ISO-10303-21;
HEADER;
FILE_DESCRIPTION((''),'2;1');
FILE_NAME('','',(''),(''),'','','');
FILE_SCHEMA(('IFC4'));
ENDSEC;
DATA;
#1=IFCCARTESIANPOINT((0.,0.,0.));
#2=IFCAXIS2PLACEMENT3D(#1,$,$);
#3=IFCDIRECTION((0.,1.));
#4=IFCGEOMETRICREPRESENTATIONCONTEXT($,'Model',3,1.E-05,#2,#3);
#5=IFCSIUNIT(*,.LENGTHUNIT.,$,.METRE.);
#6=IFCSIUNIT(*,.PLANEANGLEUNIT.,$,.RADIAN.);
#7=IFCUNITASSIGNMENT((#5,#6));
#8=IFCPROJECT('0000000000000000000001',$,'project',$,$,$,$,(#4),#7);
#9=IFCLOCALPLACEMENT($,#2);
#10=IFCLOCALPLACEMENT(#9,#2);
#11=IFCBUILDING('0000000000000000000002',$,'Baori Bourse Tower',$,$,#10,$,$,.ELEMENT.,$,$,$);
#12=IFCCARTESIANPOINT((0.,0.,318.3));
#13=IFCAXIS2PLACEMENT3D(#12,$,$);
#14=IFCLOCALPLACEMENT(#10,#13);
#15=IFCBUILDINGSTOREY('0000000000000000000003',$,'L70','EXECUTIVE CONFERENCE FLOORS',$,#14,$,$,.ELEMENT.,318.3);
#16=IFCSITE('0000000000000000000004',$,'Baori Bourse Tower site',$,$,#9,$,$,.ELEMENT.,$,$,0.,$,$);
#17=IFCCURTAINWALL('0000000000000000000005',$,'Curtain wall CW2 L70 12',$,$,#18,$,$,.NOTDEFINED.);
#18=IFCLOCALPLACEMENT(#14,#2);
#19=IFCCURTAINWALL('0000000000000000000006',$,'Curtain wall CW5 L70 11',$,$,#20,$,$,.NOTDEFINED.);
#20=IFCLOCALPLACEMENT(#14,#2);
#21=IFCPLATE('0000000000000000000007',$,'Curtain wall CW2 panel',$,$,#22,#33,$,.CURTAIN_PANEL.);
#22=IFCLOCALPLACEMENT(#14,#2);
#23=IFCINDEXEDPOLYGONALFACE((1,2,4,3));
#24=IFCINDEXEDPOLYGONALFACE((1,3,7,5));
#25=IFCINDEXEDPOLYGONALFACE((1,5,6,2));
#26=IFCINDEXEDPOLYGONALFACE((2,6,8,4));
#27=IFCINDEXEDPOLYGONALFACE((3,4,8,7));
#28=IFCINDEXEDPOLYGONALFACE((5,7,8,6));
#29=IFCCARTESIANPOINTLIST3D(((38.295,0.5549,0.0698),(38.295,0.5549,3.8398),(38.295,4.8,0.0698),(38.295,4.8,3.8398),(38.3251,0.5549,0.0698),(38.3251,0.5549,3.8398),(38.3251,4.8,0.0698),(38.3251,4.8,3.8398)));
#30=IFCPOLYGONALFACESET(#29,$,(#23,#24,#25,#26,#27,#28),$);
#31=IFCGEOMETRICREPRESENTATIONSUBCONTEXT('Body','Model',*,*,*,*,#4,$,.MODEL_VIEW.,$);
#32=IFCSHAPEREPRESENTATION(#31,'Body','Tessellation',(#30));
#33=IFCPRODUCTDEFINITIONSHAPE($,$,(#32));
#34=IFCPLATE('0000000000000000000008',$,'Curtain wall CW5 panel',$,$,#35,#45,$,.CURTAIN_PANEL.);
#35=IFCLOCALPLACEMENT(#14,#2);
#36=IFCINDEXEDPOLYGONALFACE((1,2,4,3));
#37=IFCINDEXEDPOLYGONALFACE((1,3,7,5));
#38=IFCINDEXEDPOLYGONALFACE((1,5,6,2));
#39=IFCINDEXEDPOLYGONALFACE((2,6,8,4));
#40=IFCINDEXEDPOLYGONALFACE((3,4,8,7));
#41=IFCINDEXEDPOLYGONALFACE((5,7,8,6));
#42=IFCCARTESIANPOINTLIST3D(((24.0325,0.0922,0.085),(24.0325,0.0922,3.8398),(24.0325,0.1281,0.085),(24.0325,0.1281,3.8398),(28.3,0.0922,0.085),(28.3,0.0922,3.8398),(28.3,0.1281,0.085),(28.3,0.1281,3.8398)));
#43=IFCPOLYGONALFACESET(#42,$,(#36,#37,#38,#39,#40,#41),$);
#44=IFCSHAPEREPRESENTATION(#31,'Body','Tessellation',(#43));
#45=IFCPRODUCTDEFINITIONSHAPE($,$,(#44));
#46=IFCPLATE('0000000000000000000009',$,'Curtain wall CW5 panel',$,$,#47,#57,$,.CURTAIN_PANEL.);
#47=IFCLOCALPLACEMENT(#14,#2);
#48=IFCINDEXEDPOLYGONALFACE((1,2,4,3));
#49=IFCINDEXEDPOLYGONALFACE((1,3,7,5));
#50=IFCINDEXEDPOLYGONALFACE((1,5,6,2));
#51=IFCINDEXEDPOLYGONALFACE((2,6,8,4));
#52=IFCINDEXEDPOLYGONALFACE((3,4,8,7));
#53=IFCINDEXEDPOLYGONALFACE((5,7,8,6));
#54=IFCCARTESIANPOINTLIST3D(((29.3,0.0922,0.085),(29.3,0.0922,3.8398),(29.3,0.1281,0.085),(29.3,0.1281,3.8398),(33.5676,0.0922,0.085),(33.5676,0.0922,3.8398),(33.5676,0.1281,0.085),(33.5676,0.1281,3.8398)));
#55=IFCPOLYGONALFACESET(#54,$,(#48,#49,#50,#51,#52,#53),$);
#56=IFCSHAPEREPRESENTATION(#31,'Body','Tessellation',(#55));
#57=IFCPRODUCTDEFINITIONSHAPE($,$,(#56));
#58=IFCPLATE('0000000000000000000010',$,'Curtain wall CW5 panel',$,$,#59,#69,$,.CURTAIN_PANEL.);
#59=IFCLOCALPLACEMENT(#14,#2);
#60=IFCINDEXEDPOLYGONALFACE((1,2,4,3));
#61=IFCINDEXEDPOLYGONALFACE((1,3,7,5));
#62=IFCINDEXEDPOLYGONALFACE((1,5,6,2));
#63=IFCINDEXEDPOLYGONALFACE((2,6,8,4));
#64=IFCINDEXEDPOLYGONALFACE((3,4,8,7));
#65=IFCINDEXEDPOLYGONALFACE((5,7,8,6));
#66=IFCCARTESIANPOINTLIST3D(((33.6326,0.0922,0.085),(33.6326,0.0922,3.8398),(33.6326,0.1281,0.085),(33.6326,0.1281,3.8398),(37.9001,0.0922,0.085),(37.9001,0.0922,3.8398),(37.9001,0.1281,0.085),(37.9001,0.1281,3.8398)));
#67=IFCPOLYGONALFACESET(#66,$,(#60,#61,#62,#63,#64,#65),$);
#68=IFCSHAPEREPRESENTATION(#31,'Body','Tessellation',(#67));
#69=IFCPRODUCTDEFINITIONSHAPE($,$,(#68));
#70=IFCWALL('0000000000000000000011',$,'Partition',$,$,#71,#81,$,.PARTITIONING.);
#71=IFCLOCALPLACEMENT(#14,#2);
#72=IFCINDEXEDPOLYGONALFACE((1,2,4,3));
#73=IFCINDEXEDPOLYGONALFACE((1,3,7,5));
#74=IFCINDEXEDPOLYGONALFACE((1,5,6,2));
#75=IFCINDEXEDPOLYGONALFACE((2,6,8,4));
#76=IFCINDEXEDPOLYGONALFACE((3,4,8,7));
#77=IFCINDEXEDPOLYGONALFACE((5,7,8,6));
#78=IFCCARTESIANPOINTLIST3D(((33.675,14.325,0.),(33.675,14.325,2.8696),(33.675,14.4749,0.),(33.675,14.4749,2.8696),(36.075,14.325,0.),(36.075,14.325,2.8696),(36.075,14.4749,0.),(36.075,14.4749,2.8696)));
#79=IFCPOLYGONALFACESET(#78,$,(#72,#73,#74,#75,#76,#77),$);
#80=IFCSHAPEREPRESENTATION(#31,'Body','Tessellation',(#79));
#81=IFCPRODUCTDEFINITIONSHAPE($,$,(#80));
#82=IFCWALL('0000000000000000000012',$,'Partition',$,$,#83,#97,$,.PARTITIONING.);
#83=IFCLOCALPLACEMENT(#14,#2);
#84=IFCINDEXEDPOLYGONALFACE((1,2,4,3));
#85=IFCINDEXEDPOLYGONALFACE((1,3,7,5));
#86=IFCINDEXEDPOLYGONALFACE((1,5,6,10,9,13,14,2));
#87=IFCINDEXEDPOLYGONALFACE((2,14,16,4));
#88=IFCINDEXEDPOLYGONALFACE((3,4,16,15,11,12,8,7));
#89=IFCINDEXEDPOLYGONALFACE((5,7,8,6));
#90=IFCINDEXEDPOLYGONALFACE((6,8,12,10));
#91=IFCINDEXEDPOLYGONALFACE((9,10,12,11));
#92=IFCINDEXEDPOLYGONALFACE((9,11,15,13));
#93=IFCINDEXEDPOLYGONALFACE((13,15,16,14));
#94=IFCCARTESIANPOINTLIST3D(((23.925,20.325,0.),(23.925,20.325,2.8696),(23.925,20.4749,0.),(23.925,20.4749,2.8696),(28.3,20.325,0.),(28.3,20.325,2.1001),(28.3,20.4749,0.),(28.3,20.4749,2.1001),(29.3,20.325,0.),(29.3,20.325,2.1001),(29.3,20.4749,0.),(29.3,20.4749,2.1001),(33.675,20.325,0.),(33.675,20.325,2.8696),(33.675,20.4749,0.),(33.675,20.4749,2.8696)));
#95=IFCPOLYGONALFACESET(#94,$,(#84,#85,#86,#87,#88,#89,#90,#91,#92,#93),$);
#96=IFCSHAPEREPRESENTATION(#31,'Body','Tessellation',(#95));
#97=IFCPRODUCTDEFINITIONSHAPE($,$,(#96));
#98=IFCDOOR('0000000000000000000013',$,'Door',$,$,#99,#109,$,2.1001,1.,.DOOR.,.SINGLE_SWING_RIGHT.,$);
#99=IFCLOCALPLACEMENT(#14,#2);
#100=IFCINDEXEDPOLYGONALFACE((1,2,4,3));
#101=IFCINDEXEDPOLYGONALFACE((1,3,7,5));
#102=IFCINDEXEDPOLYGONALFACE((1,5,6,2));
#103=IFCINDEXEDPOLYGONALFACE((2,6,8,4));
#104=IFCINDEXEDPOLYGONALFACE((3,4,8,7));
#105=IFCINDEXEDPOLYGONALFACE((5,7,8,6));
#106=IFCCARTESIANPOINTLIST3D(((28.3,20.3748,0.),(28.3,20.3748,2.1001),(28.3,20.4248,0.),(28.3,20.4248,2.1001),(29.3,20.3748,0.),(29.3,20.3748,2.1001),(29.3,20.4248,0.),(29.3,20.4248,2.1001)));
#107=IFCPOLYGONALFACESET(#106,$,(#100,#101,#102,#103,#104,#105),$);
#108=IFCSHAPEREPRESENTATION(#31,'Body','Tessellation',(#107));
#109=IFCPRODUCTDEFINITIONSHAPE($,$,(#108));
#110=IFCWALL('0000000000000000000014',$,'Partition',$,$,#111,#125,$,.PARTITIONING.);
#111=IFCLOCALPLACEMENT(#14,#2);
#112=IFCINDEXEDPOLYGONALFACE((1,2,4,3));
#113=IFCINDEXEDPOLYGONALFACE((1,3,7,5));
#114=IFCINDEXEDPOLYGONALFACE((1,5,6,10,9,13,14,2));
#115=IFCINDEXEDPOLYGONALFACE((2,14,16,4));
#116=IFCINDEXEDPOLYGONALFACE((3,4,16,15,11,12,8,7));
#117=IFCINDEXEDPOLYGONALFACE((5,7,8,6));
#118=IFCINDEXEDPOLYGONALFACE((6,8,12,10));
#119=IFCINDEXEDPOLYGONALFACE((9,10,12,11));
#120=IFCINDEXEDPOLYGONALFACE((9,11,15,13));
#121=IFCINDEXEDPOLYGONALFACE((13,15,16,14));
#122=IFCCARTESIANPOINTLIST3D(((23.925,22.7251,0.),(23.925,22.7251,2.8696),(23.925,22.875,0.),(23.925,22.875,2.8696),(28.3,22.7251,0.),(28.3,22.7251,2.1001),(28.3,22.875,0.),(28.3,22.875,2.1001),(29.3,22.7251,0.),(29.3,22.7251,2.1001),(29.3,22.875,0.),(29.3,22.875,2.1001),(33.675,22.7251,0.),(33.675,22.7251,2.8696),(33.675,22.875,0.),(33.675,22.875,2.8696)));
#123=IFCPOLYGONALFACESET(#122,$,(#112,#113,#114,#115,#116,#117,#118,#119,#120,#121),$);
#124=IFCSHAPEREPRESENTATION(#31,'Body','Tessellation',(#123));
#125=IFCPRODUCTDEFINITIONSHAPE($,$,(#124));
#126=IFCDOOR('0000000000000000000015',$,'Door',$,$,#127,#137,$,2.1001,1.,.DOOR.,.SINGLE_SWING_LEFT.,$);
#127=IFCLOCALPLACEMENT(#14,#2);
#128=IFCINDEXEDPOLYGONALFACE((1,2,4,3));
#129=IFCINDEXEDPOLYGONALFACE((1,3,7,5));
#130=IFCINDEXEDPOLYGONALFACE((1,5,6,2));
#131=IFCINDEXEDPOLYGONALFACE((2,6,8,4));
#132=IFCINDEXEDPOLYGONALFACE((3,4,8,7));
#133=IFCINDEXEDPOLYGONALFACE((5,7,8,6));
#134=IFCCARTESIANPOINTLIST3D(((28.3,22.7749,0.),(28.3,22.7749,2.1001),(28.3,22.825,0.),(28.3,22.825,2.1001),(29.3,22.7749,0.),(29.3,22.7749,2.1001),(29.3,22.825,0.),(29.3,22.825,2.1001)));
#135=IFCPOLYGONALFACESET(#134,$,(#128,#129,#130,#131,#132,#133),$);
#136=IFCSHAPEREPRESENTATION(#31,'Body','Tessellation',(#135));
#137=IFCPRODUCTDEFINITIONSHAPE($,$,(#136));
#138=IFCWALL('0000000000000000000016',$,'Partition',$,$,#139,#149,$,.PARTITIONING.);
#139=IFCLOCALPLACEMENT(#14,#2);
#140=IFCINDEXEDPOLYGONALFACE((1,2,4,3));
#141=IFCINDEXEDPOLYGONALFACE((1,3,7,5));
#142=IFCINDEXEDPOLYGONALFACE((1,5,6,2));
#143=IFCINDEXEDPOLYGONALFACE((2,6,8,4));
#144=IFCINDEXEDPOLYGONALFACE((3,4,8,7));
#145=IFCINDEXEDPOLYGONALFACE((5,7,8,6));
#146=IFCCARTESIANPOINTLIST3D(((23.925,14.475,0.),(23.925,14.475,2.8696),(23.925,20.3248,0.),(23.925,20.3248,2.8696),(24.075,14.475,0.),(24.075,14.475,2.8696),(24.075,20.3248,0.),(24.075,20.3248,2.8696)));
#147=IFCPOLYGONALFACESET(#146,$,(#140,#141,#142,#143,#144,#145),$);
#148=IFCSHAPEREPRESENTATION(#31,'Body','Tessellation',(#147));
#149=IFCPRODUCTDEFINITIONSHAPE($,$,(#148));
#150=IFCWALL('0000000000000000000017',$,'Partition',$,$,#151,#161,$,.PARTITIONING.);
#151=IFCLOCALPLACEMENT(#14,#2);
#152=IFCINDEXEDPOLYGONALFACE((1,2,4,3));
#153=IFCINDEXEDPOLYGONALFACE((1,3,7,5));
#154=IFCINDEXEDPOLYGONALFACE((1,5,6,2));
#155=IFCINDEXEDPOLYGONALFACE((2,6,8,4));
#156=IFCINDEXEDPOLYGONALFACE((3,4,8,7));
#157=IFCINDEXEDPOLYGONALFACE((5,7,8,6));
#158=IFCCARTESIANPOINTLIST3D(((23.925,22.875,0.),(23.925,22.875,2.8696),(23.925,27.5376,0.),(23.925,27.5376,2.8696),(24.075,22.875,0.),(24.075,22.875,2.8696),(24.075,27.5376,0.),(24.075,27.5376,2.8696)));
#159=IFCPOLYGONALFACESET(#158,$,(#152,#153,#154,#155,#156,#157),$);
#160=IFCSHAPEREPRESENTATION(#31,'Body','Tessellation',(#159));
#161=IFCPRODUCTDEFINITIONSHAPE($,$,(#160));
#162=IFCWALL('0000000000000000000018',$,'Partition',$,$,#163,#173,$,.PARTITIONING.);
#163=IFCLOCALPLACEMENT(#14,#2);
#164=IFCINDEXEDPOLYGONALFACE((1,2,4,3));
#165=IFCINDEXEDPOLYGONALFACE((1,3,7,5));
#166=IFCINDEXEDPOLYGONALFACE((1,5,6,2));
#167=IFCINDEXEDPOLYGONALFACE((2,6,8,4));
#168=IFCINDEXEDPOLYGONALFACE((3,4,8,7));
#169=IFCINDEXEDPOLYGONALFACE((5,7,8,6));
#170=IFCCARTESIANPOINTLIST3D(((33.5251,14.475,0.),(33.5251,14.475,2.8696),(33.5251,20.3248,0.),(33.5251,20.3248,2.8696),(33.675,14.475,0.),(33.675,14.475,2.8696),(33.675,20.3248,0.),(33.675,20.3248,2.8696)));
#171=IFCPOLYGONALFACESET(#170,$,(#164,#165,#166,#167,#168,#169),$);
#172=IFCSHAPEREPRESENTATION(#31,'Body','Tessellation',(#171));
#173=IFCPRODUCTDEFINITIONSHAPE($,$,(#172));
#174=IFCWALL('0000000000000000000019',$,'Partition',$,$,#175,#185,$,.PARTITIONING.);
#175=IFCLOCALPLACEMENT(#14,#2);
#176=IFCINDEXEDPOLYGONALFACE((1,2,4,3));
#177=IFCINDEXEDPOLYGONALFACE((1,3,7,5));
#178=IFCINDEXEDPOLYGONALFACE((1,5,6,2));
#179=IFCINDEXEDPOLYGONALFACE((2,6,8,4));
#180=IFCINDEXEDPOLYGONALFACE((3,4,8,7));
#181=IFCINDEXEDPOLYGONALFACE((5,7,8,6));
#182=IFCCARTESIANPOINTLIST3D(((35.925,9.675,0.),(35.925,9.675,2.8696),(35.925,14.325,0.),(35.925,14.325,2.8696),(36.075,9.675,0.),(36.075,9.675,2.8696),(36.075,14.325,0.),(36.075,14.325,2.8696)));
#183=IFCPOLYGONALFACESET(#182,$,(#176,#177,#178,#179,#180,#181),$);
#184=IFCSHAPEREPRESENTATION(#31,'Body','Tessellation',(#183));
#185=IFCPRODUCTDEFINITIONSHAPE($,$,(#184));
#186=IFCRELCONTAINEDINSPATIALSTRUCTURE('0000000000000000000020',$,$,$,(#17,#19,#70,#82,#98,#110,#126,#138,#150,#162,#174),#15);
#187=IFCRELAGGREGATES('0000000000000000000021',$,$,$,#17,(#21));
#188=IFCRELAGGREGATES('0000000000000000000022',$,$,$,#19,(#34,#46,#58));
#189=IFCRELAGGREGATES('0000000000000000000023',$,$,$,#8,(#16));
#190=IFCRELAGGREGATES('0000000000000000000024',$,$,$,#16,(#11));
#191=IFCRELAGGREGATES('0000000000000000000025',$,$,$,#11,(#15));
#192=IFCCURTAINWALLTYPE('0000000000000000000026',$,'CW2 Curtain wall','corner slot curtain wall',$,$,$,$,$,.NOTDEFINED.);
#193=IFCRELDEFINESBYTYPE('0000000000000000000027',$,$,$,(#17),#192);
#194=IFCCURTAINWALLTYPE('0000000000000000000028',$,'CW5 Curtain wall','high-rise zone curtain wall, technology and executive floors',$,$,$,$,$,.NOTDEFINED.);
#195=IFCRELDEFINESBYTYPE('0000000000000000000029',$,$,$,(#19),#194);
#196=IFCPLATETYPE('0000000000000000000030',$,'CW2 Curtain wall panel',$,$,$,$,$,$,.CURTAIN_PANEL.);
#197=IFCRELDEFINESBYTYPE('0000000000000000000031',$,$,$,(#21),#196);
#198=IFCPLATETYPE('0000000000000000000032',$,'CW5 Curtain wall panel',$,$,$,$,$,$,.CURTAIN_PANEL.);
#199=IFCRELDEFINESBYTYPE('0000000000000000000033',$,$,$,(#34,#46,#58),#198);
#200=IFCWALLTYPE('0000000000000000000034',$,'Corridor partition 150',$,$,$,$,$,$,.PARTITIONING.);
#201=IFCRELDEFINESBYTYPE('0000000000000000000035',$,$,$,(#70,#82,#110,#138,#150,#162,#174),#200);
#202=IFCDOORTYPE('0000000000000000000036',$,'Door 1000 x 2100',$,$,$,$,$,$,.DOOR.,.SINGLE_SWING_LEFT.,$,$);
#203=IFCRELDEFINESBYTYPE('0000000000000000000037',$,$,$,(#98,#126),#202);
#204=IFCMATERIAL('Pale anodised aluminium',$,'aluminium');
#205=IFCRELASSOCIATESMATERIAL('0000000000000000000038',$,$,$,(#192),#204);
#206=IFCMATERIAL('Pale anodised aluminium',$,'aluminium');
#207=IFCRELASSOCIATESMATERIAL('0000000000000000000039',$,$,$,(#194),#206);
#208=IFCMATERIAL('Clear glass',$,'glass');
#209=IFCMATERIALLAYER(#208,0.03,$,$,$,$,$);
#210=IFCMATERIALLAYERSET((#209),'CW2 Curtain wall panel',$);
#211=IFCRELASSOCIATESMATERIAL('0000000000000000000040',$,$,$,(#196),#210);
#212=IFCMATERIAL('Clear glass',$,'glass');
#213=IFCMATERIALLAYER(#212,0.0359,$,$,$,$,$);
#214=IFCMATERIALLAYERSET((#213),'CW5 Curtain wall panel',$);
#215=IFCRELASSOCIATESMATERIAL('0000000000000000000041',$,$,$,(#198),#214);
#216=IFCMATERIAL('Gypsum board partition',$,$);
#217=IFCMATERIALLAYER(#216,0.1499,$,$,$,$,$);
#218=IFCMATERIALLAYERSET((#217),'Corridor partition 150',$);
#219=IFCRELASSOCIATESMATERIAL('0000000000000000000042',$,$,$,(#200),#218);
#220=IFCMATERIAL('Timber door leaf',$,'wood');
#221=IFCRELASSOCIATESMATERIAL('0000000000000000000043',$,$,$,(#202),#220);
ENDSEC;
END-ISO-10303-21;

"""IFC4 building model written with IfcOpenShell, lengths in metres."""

from ifc_helpers import new_model, si_unit, direction, frame, frame_2d, origin, origin_2d, place, context, subcontext, project, spatial, rectangle, extrude, material, layer, layer_set, type_object, element, fill, aggregate, save


model = new_model("IFC4")

# Units and contexts
model_context = context("Model", 3, precision=1e-05, world=origin(), true_north=direction((0.0, 1.0)))
body_context = subcontext(model_context, "Body", "Model", "MODEL_VIEW")
ifc_project = project(units=[si_unit("LENGTHUNIT", "METRE"), si_unit("PLANEANGLEUNIT", "RADIAN")], contexts=[model_context])

# Site, building, storey
site_placement = place(None, origin())
site = spatial("IfcSite", under=ifc_project, at=site_placement, Name="Baori Bourse Tower site", CompositionType="ELEMENT", RefElevation=0.0)
building_placement = place(site_placement, origin())
building = spatial("IfcBuilding", under=site, at=building_placement, Name="Baori Bourse Tower", CompositionType="ELEMENT")
storey_placement = place(building_placement, frame((0.0, 0.0, 318.3)))
storey = spatial("IfcBuildingStorey", under=building, at=storey_placement, Name="L70", Description="EXECUTIVE CONFERENCE FLOORS", CompositionType="ELEMENT", Elevation=318.3)

# Curtain wall
ifc_material_1 = material(Name="Pale anodised aluminium", Category="aluminium")
curtain_wall_type_1 = type_object("IfcCurtainWallType", Name="CW2 Curtain wall", Description="corner slot curtain wall", PredefinedType="NOTDEFINED", material=ifc_material_1)
curtain_wall_1_placement = place(storey_placement, origin())
curtain_wall_1 = element("IfcCurtainWall", 1, at=curtain_wall_1_placement, inside=storey, type_object=curtain_wall_type_1, Name="Curtain wall CW2 L70 12", PredefinedType="NOTDEFINED")

# Curtain wall
ifc_material_2 = material(Name="Pale anodised aluminium", Category="aluminium")
curtain_wall_type_2 = type_object("IfcCurtainWallType", Name="CW5 Curtain wall", Description="high-rise zone curtain wall, technology and executive floors", PredefinedType="NOTDEFINED", material=ifc_material_2)
curtain_wall_2_placement = place(storey_placement, origin())
curtain_wall_2 = element("IfcCurtainWall", 2, at=curtain_wall_2_placement, inside=storey, type_object=curtain_wall_type_2, Name="Curtain wall CW5 L70 11", PredefinedType="NOTDEFINED")

# Plates
ifc_material_3 = material(Name="Clear glass", Category="glass")
ifc_layer_1 = layer(ifc_material_3, 0.03)
ifc_layer_set_1 = layer_set([ifc_layer_1], Name="CW2 Curtain wall panel")
plate_type_1 = type_object("IfcPlateType", Name="CW2 Curtain wall panel", PredefinedType="CURTAIN_PANEL", material=ifc_layer_set_1)
plate_1_placement = place(storey_placement, frame((38.3101, 2.6775, 0.0698), z_axis=(0.0, 0.0, 1.0), x_axis=(0.0, 1.0, 0.0)))
plate_1 = element("IfcPlate", 3, at=plate_1_placement, type_object=plate_type_1, Name="Curtain wall CW2 panel", PredefinedType="CURTAIN_PANEL", context=body_context, shape_type="SweptSolid", body=[
    extrude(rectangle(XDim=4.2451, YDim=0.03, at=origin_2d()), origin(), (0.0, 0.0, 1.0), 3.77),
])
aggregate(curtain_wall_1, [plate_1])
ifc_material_4 = material(Name="Clear glass", Category="glass")
ifc_layer_2 = layer(ifc_material_4, 0.0359)
ifc_layer_set_2 = layer_set([ifc_layer_2], Name="CW5 Curtain wall panel")
plate_type_2 = type_object("IfcPlateType", Name="CW5 Curtain wall panel", PredefinedType="CURTAIN_PANEL", material=ifc_layer_set_2)
plate_2_placement = place(storey_placement, frame((26.1663, 0.1101, 0.085), z_axis=(0.0, 0.0, 1.0), x_axis=(1.0, 0.0, 0.0)))
plate_2 = element("IfcPlate", 4, at=plate_2_placement, type_object=plate_type_2, Name="Curtain wall CW5 panel", PredefinedType="CURTAIN_PANEL", context=body_context, shape_type="SweptSolid", body=[
    extrude(rectangle(XDim=4.2676, YDim=0.0359, at=origin_2d()), origin(), (0.0, 0.0, 1.0), 3.7549),
])
plate_3_placement = place(storey_placement, frame((31.4338, 0.1101, 0.085), z_axis=(0.0, 0.0, 1.0), x_axis=(1.0, 0.0, 0.0)))
plate_3 = element("IfcPlate", 5, at=plate_3_placement, type_object=plate_type_2, Name="Curtain wall CW5 panel", PredefinedType="CURTAIN_PANEL", context=body_context, shape_type="SweptSolid", body=[
    extrude(rectangle(XDim=4.2676, YDim=0.0359, at=origin_2d()), origin(), (0.0, 0.0, 1.0), 3.7549),
])
plate_4_placement = place(storey_placement, frame((35.7664, 0.1101, 0.085), z_axis=(0.0, 0.0, 1.0), x_axis=(1.0, 0.0, 0.0)))
plate_4 = element("IfcPlate", 6, at=plate_4_placement, type_object=plate_type_2, Name="Curtain wall CW5 panel", PredefinedType="CURTAIN_PANEL", context=body_context, shape_type="SweptSolid", body=[
    extrude(rectangle(XDim=4.2676, YDim=0.0359, at=origin_2d()), origin(), (0.0, 0.0, 1.0), 3.7549),
])
aggregate(curtain_wall_2, [plate_2, plate_3, plate_4])

# Wall
ifc_material_5 = material(Name="Gypsum board partition")
ifc_layer_3 = layer(ifc_material_5, 0.1499)
ifc_layer_set_3 = layer_set([ifc_layer_3], Name="Corridor partition 150")
wall_type_1 = type_object("IfcWallType", Name="Corridor partition 150", PredefinedType="PARTITIONING", material=ifc_layer_set_3)
wall_1_placement = place(storey_placement, frame((33.675, 14.3999, 0.0), z_axis=(0.0, 0.0, 1.0), x_axis=(1.0, 0.0, 0.0)))
element("IfcWall", 7, at=wall_1_placement, inside=storey, type_object=wall_type_1, Name="Partition", PredefinedType="PARTITIONING", context=body_context, shape_type="SweptSolid", body=[
    extrude(rectangle(XDim=2.3999, YDim=0.1499, at=frame_2d((1.2, 0.0))), origin(), (0.0, 0.0, 1.0), 2.8696),
])

# Walls, openings, doors
wall_2_placement = place(storey_placement, frame((23.925, 20.3999, 0.0), z_axis=(0.0, 0.0, 1.0), x_axis=(1.0, 0.0, 0.0)))
wall_2 = element("IfcWall", 8, at=wall_2_placement, inside=storey, type_object=wall_type_1, Name="Partition", PredefinedType="PARTITIONING", context=body_context, shape_type="SweptSolid", body=[
    extrude(rectangle(XDim=9.75, YDim=0.1499, at=frame_2d((4.875, 0.0))), origin(), (0.0, 0.0, 1.0), 2.8696),
])
opening_1_placement = place(wall_2_placement, frame((4.375, 0.0, 0.0)))
opening_1 = element("IfcOpeningElement", 9, at=opening_1_placement, cuts=wall_2, PredefinedType="OPENING", context=body_context, shape_type="SweptSolid", body=[
    extrude(rectangle(XDim=1.0, YDim=2.1001, at=frame_2d((0.5, 1.05))), frame((0.0, 0.085, 0.0), z_axis=(0.0, -1.0, 0.0), x_axis=(1.0, 0.0, 0.0)), (0.0, 0.0, 1.0), 0.1699),
])
ifc_material_6 = material(Name="Timber door leaf", Category="wood")
door_type = type_object("IfcDoorType", Name="Door 1000 x 2100", OperationType="SINGLE_SWING_LEFT", PredefinedType="DOOR", material=ifc_material_6)
door_1_placement = place(opening_1_placement, origin())
door_1 = element("IfcDoor", 10, at=door_1_placement, inside=storey, type_object=door_type, Name="Door", OperationType="SINGLE_SWING_RIGHT", OverallHeight=2.1001, OverallWidth=1.0, PredefinedType="DOOR", context=body_context, shape_type="SweptSolid", body=[
    extrude(rectangle(XDim=1.0, YDim=2.1001, at=frame_2d((0.5, 1.05))), frame((0.0, 0.0249, 0.0), z_axis=(0.0, -1.0, 0.0), x_axis=(1.0, 0.0, 0.0)), (0.0, 0.0, 1.0), 0.05),
])
fill(opening_1, door_1)
wall_3_placement = place(storey_placement, frame((23.925, 22.8, 0.0), z_axis=(0.0, 0.0, 1.0), x_axis=(1.0, 0.0, 0.0)))
wall_3 = element("IfcWall", 11, at=wall_3_placement, inside=storey, type_object=wall_type_1, Name="Partition", PredefinedType="PARTITIONING", context=body_context, shape_type="SweptSolid", body=[
    extrude(rectangle(XDim=9.75, YDim=0.1499, at=frame_2d((4.875, 0.0))), origin(), (0.0, 0.0, 1.0), 2.8696),
])
opening_2_placement = place(wall_3_placement, frame((4.375, 0.0, 0.0)))
opening_2 = element("IfcOpeningElement", 12, at=opening_2_placement, cuts=wall_3, PredefinedType="OPENING", context=body_context, shape_type="SweptSolid", body=[
    extrude(rectangle(XDim=1.0, YDim=2.1001, at=frame_2d((0.5, 1.05))), frame((0.0, 0.085, 0.0), z_axis=(0.0, -1.0, 0.0), x_axis=(1.0, 0.0, 0.0)), (0.0, 0.0, 1.0), 0.1699),
])
door_2_placement = place(opening_2_placement, origin())
door_2 = element("IfcDoor", 13, at=door_2_placement, inside=storey, type_object=door_type, Name="Door", OperationType="SINGLE_SWING_LEFT", OverallHeight=2.1001, OverallWidth=1.0, PredefinedType="DOOR", context=body_context, shape_type="SweptSolid", body=[
    extrude(rectangle(XDim=1.0, YDim=2.1001, at=frame_2d((0.5, 1.05))), frame((0.0, 0.0249, 0.0), z_axis=(0.0, -1.0, 0.0), x_axis=(1.0, 0.0, 0.0)), (0.0, 0.0, 1.0), 0.05),
])
fill(opening_2, door_2)

# Walls
wall_4_placement = place(storey_placement, frame((24.0, 14.4751, 0.0), z_axis=(0.0, 0.0, 1.0), x_axis=(0.0, 1.0, 0.0)))
element("IfcWall", 14, at=wall_4_placement, inside=storey, type_object=wall_type_1, Name="Partition", PredefinedType="PARTITIONING", context=body_context, shape_type="SweptSolid", body=[
    extrude(rectangle(XDim=5.8499, YDim=0.1499, at=frame_2d((2.9248, 0.0))), origin(), (0.0, 0.0, 1.0), 2.8696),
])
wall_5_placement = place(storey_placement, frame((24.0, 22.875, 0.0), z_axis=(0.0, 0.0, 1.0), x_axis=(0.0, 1.0, 0.0)))
element("IfcWall", 15, at=wall_5_placement, inside=storey, type_object=wall_type_1, Name="Partition", PredefinedType="PARTITIONING", context=body_context, shape_type="SweptSolid", body=[
    extrude(rectangle(XDim=4.6626, YDim=0.1499, at=frame_2d((2.3313, 0.0))), origin(), (0.0, 0.0, 1.0), 2.8696),
])
wall_6_placement = place(storey_placement, frame((33.6001, 14.4751, 0.0), z_axis=(0.0, 0.0, 1.0), x_axis=(0.0, 1.0, 0.0)))
element("IfcWall", 16, at=wall_6_placement, inside=storey, type_object=wall_type_1, Name="Partition", PredefinedType="PARTITIONING", context=body_context, shape_type="SweptSolid", body=[
    extrude(rectangle(XDim=5.8499, YDim=0.1499, at=frame_2d((2.9248, 0.0))), origin(), (0.0, 0.0, 1.0), 2.8696),
])
wall_7_placement = place(storey_placement, frame((36.0, 9.675, 0.0), z_axis=(0.0, 0.0, 1.0), x_axis=(0.0, 1.0, 0.0)))
element("IfcWall", 17, at=wall_7_placement, inside=storey, type_object=wall_type_1, Name="Partition", PredefinedType="PARTITIONING", context=body_context, shape_type="SweptSolid", body=[
    extrude(rectangle(XDim=4.6499, YDim=0.1499, at=frame_2d((2.325, 0.0))), origin(), (0.0, 0.0, 1.0), 2.8696),
])

save(model, "model.ifc")
